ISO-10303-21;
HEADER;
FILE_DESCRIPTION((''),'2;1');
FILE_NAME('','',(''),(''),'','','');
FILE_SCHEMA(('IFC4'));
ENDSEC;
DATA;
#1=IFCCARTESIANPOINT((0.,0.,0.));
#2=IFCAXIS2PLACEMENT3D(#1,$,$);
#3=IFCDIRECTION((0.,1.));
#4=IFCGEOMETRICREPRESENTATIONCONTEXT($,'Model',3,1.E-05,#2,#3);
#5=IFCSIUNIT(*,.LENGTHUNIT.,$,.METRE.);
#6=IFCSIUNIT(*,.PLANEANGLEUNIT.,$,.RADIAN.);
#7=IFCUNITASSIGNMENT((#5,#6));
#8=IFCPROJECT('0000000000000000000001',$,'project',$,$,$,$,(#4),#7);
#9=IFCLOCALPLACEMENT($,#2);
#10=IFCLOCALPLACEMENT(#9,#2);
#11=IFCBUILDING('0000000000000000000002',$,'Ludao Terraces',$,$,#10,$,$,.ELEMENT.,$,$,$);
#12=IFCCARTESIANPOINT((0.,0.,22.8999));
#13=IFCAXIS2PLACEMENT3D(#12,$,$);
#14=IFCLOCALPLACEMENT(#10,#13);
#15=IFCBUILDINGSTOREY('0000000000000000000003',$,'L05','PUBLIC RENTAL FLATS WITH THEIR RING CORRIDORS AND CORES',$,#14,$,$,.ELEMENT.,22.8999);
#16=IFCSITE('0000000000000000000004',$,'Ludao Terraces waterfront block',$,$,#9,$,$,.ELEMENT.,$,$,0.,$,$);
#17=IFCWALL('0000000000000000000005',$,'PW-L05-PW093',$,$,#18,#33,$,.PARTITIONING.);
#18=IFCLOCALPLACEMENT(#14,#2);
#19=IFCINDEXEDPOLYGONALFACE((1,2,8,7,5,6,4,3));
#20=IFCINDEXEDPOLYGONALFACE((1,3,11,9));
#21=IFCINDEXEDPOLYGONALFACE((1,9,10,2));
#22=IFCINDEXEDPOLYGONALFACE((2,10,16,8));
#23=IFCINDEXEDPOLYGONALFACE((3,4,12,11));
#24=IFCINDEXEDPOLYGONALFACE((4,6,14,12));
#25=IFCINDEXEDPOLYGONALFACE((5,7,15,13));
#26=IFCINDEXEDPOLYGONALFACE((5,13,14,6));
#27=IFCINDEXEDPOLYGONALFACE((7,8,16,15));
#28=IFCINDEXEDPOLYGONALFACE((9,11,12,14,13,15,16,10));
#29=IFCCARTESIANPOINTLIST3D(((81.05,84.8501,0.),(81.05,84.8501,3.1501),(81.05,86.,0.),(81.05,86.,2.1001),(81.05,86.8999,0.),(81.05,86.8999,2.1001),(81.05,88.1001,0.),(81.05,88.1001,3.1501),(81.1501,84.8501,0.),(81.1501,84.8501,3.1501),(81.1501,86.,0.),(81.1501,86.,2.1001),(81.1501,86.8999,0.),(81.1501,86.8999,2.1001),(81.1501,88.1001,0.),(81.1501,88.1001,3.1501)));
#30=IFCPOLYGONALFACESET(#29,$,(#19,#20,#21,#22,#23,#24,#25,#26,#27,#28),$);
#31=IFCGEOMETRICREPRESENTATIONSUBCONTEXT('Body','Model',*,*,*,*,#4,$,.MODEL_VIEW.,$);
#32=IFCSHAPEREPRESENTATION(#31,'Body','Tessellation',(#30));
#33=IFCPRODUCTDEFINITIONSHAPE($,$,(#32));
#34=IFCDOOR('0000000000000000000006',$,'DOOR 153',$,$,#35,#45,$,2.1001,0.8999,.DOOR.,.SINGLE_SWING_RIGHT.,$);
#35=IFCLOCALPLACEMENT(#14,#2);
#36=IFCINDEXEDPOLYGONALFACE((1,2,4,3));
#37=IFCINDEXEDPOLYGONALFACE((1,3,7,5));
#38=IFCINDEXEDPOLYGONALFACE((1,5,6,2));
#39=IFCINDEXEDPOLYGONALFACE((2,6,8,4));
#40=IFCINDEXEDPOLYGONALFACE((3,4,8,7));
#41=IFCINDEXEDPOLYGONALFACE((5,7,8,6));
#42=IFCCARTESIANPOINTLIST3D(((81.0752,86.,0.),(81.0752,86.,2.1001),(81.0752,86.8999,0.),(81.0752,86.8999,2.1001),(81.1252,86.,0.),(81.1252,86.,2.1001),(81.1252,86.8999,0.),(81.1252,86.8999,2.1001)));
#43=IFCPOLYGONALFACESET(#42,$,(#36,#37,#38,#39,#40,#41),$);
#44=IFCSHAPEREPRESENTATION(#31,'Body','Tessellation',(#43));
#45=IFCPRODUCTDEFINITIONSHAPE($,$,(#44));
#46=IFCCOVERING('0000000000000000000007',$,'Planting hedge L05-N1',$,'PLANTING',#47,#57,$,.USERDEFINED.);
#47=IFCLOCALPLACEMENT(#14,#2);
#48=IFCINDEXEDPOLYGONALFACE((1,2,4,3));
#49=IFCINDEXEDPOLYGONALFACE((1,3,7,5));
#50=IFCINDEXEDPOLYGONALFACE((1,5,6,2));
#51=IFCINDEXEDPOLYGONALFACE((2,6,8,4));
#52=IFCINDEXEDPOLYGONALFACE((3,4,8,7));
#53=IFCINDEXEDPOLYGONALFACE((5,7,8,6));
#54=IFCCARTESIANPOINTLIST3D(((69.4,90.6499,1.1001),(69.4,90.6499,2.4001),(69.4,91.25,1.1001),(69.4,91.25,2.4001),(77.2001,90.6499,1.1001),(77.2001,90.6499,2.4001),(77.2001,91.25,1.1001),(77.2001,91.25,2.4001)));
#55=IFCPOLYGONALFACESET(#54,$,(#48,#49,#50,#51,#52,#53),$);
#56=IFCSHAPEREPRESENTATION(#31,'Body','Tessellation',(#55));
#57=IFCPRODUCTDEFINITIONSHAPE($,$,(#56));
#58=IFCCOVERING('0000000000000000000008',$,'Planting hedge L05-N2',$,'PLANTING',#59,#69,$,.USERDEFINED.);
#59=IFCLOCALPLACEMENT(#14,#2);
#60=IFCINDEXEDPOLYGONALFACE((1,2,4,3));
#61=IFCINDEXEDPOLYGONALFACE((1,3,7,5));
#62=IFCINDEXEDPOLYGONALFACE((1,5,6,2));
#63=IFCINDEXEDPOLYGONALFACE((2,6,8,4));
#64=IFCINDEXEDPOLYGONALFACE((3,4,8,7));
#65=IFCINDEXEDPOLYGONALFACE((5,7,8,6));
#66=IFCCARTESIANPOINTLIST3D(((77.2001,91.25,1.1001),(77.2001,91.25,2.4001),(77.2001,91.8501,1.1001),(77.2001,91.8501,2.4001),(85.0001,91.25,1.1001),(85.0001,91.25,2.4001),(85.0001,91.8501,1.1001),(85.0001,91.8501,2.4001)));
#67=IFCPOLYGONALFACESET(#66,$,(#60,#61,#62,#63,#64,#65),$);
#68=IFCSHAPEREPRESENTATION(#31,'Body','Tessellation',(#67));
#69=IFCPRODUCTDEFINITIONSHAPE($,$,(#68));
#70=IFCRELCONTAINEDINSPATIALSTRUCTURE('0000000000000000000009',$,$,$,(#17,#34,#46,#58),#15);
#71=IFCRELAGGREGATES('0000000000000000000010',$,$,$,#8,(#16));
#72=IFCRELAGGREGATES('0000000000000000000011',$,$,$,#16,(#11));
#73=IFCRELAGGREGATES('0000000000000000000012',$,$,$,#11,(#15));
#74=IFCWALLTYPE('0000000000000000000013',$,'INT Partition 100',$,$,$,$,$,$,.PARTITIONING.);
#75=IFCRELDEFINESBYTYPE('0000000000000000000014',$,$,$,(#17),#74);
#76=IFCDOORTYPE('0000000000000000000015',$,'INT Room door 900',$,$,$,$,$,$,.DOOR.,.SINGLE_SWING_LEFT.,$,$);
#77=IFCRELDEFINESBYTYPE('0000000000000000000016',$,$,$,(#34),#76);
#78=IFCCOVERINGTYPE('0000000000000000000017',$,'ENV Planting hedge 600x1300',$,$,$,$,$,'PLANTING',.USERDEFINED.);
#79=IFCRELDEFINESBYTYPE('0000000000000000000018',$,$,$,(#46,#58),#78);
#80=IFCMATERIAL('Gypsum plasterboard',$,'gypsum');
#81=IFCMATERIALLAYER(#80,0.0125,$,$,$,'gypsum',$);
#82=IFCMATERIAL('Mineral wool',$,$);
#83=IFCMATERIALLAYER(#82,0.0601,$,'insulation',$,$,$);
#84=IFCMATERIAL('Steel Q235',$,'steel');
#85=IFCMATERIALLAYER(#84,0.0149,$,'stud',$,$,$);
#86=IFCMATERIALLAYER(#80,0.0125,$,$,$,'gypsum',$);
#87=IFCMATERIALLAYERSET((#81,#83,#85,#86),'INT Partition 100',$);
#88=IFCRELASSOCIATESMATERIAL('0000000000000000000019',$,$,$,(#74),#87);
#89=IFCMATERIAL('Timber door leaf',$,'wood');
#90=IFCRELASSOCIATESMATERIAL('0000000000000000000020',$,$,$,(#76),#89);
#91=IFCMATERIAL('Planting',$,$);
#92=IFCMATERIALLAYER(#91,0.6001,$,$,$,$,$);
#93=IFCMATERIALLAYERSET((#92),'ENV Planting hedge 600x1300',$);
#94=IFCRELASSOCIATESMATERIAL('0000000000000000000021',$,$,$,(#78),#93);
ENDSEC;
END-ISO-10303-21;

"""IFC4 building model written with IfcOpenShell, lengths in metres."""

from ifc_helpers import new_model, si_unit, direction, frame, frame_2d, origin, origin_2d, place, context, subcontext, project, spatial, rectangle, extrude, material, layer, layer_set, type_object, element, fill, save


model = new_model("IFC4")

# Units and contexts
model_context = context("Model", 3, precision=1e-05, world=origin(), true_north=direction((0.0, 1.0)))
body_context = subcontext(model_context, "Body", "Model", "MODEL_VIEW")
ifc_project = project(units=[si_unit("LENGTHUNIT", "METRE"), si_unit("PLANEANGLEUNIT", "RADIAN")], contexts=[model_context])

# Site, building, storey
site_placement = place(None, origin())
site = spatial("IfcSite", under=ifc_project, at=site_placement, Name="Ludao Terraces waterfront block", CompositionType="ELEMENT", RefElevation=0.0)
building_placement = place(site_placement, origin())
building = spatial("IfcBuilding", under=site, at=building_placement, Name="Ludao Terraces", CompositionType="ELEMENT")
storey_placement = place(building_placement, frame((0.0, 0.0, 22.8999)))
storey = spatial("IfcBuildingStorey", under=building, at=storey_placement, Name="L05", Description="PUBLIC RENTAL FLATS WITH THEIR RING CORRIDORS AND CORES", CompositionType="ELEMENT", Elevation=22.8999)

# Shared definitions
ifc_material_1 = material(Name="Mineral wool")

# Wall, opening, door
ifc_material_2 = material(Name="Gypsum plasterboard", Category="gypsum")
ifc_layer_1 = layer(ifc_material_2, 0.0125, Category="gypsum")
ifc_layer_2 = layer(ifc_material_1, 0.0601, Name="insulation")
ifc_material_3 = material(Name="Steel Q235", Category="steel")
ifc_layer_3 = layer(ifc_material_3, 0.0149, Name="stud")
ifc_layer_4 = layer(ifc_material_2, 0.0125, Category="gypsum")
ifc_layer_set_1 = layer_set([ifc_layer_1, ifc_layer_2, ifc_layer_3, ifc_layer_4], Name="INT Partition 100")
wall_type_1 = type_object("IfcWallType", Name="INT Partition 100", PredefinedType="PARTITIONING", material=ifc_layer_set_1)
ifc_material_4 = material(Name="Timber door leaf", Category="wood")
door_type_1 = type_object("IfcDoorType", Name="INT Room door 900", OperationType="SINGLE_SWING_LEFT", PredefinedType="DOOR", material=ifc_material_4)
wall_1_placement = place(storey_placement, frame((81.1001, 84.8501, 0.0), z_axis=(0.0, 0.0, 1.0), x_axis=(0.0, 1.0, 0.0)))
wall_1 = element("IfcWall", 1, at=wall_1_placement, inside=storey, type_object=wall_type_1, Name="PW-L05-PW093", PredefinedType="PARTITIONING", context=body_context, shape_type="SweptSolid", body=[
    extrude(rectangle(XDim=3.25, YDim=0.1001, at=frame_2d((1.625, 0.0))), origin(), (0.0, 0.0, 1.0), 3.1501),
])
opening_1_placement = place(wall_1_placement, frame((1.1499, 0.0, 0.0)))
opening_1 = element("IfcOpeningElement", 2, at=opening_1_placement, cuts=wall_1, PredefinedType="OPENING", context=body_context, shape_type="SweptSolid", body=[
    extrude(rectangle(XDim=0.8999, YDim=2.1001, at=frame_2d((0.45, 1.05))), frame((0.0, 0.0601, 0.0), z_axis=(0.0, -1.0, 0.0), x_axis=(1.0, 0.0, 0.0)), (0.0, 0.0, 1.0), 0.1201),
])
door_1_placement = place(opening_1_placement, origin())
door_1 = element("IfcDoor", 3, at=door_1_placement, inside=storey, type_object=door_type_1, Name="DOOR 153", OperationType="SINGLE_SWING_RIGHT", OverallHeight=2.1001, OverallWidth=0.8999, PredefinedType="DOOR", context=body_context, shape_type="SweptSolid", body=[
    extrude(rectangle(XDim=0.8999, YDim=2.1001, at=frame_2d((0.45, 1.05))), frame((0.0, 0.0249, 0.0), z_axis=(0.0, -1.0, 0.0), x_axis=(1.0, 0.0, 0.0)), (0.0, 0.0, 1.0), 0.05),
])
fill(opening_1, door_1)

# Coverings
ifc_material_5 = material(Name="Planting")
ifc_layer_5 = layer(ifc_material_5, 0.6001)
ifc_layer_set_2 = layer_set([ifc_layer_5], Name="ENV Planting hedge 600x1300")
covering_type = type_object("IfcCoveringType", Name="ENV Planting hedge 600x1300", ElementType="PLANTING", PredefinedType="USERDEFINED", material=ifc_layer_set_2)
for number, where, z_axis, x_axis, name in (
    (4, (73.3, 90.95, 1.1001), (0.0, 0.0, 1.0), (1.0, 0.0, 0.0), "Planting hedge L05-N1"),
    (5, (81.1001, 91.55, 1.1001), (0.0, 0.0, 1.0), (1.0, 0.0, 0.0), "Planting hedge L05-N2"),
):
    element("IfcCovering", number, at=place(storey_placement, frame(where, z_axis=z_axis, x_axis=x_axis)), inside=storey, type_object=covering_type, Name=name, ObjectType="PLANTING", PredefinedType="USERDEFINED", context=body_context, shape_type="SweptSolid", body=[
        extrude(rectangle(XDim=7.8, YDim=0.6001, at=origin_2d()), origin(), (0.0, 0.0, 1.0), 1.3),
    ])

save(model, "model.ifc")
